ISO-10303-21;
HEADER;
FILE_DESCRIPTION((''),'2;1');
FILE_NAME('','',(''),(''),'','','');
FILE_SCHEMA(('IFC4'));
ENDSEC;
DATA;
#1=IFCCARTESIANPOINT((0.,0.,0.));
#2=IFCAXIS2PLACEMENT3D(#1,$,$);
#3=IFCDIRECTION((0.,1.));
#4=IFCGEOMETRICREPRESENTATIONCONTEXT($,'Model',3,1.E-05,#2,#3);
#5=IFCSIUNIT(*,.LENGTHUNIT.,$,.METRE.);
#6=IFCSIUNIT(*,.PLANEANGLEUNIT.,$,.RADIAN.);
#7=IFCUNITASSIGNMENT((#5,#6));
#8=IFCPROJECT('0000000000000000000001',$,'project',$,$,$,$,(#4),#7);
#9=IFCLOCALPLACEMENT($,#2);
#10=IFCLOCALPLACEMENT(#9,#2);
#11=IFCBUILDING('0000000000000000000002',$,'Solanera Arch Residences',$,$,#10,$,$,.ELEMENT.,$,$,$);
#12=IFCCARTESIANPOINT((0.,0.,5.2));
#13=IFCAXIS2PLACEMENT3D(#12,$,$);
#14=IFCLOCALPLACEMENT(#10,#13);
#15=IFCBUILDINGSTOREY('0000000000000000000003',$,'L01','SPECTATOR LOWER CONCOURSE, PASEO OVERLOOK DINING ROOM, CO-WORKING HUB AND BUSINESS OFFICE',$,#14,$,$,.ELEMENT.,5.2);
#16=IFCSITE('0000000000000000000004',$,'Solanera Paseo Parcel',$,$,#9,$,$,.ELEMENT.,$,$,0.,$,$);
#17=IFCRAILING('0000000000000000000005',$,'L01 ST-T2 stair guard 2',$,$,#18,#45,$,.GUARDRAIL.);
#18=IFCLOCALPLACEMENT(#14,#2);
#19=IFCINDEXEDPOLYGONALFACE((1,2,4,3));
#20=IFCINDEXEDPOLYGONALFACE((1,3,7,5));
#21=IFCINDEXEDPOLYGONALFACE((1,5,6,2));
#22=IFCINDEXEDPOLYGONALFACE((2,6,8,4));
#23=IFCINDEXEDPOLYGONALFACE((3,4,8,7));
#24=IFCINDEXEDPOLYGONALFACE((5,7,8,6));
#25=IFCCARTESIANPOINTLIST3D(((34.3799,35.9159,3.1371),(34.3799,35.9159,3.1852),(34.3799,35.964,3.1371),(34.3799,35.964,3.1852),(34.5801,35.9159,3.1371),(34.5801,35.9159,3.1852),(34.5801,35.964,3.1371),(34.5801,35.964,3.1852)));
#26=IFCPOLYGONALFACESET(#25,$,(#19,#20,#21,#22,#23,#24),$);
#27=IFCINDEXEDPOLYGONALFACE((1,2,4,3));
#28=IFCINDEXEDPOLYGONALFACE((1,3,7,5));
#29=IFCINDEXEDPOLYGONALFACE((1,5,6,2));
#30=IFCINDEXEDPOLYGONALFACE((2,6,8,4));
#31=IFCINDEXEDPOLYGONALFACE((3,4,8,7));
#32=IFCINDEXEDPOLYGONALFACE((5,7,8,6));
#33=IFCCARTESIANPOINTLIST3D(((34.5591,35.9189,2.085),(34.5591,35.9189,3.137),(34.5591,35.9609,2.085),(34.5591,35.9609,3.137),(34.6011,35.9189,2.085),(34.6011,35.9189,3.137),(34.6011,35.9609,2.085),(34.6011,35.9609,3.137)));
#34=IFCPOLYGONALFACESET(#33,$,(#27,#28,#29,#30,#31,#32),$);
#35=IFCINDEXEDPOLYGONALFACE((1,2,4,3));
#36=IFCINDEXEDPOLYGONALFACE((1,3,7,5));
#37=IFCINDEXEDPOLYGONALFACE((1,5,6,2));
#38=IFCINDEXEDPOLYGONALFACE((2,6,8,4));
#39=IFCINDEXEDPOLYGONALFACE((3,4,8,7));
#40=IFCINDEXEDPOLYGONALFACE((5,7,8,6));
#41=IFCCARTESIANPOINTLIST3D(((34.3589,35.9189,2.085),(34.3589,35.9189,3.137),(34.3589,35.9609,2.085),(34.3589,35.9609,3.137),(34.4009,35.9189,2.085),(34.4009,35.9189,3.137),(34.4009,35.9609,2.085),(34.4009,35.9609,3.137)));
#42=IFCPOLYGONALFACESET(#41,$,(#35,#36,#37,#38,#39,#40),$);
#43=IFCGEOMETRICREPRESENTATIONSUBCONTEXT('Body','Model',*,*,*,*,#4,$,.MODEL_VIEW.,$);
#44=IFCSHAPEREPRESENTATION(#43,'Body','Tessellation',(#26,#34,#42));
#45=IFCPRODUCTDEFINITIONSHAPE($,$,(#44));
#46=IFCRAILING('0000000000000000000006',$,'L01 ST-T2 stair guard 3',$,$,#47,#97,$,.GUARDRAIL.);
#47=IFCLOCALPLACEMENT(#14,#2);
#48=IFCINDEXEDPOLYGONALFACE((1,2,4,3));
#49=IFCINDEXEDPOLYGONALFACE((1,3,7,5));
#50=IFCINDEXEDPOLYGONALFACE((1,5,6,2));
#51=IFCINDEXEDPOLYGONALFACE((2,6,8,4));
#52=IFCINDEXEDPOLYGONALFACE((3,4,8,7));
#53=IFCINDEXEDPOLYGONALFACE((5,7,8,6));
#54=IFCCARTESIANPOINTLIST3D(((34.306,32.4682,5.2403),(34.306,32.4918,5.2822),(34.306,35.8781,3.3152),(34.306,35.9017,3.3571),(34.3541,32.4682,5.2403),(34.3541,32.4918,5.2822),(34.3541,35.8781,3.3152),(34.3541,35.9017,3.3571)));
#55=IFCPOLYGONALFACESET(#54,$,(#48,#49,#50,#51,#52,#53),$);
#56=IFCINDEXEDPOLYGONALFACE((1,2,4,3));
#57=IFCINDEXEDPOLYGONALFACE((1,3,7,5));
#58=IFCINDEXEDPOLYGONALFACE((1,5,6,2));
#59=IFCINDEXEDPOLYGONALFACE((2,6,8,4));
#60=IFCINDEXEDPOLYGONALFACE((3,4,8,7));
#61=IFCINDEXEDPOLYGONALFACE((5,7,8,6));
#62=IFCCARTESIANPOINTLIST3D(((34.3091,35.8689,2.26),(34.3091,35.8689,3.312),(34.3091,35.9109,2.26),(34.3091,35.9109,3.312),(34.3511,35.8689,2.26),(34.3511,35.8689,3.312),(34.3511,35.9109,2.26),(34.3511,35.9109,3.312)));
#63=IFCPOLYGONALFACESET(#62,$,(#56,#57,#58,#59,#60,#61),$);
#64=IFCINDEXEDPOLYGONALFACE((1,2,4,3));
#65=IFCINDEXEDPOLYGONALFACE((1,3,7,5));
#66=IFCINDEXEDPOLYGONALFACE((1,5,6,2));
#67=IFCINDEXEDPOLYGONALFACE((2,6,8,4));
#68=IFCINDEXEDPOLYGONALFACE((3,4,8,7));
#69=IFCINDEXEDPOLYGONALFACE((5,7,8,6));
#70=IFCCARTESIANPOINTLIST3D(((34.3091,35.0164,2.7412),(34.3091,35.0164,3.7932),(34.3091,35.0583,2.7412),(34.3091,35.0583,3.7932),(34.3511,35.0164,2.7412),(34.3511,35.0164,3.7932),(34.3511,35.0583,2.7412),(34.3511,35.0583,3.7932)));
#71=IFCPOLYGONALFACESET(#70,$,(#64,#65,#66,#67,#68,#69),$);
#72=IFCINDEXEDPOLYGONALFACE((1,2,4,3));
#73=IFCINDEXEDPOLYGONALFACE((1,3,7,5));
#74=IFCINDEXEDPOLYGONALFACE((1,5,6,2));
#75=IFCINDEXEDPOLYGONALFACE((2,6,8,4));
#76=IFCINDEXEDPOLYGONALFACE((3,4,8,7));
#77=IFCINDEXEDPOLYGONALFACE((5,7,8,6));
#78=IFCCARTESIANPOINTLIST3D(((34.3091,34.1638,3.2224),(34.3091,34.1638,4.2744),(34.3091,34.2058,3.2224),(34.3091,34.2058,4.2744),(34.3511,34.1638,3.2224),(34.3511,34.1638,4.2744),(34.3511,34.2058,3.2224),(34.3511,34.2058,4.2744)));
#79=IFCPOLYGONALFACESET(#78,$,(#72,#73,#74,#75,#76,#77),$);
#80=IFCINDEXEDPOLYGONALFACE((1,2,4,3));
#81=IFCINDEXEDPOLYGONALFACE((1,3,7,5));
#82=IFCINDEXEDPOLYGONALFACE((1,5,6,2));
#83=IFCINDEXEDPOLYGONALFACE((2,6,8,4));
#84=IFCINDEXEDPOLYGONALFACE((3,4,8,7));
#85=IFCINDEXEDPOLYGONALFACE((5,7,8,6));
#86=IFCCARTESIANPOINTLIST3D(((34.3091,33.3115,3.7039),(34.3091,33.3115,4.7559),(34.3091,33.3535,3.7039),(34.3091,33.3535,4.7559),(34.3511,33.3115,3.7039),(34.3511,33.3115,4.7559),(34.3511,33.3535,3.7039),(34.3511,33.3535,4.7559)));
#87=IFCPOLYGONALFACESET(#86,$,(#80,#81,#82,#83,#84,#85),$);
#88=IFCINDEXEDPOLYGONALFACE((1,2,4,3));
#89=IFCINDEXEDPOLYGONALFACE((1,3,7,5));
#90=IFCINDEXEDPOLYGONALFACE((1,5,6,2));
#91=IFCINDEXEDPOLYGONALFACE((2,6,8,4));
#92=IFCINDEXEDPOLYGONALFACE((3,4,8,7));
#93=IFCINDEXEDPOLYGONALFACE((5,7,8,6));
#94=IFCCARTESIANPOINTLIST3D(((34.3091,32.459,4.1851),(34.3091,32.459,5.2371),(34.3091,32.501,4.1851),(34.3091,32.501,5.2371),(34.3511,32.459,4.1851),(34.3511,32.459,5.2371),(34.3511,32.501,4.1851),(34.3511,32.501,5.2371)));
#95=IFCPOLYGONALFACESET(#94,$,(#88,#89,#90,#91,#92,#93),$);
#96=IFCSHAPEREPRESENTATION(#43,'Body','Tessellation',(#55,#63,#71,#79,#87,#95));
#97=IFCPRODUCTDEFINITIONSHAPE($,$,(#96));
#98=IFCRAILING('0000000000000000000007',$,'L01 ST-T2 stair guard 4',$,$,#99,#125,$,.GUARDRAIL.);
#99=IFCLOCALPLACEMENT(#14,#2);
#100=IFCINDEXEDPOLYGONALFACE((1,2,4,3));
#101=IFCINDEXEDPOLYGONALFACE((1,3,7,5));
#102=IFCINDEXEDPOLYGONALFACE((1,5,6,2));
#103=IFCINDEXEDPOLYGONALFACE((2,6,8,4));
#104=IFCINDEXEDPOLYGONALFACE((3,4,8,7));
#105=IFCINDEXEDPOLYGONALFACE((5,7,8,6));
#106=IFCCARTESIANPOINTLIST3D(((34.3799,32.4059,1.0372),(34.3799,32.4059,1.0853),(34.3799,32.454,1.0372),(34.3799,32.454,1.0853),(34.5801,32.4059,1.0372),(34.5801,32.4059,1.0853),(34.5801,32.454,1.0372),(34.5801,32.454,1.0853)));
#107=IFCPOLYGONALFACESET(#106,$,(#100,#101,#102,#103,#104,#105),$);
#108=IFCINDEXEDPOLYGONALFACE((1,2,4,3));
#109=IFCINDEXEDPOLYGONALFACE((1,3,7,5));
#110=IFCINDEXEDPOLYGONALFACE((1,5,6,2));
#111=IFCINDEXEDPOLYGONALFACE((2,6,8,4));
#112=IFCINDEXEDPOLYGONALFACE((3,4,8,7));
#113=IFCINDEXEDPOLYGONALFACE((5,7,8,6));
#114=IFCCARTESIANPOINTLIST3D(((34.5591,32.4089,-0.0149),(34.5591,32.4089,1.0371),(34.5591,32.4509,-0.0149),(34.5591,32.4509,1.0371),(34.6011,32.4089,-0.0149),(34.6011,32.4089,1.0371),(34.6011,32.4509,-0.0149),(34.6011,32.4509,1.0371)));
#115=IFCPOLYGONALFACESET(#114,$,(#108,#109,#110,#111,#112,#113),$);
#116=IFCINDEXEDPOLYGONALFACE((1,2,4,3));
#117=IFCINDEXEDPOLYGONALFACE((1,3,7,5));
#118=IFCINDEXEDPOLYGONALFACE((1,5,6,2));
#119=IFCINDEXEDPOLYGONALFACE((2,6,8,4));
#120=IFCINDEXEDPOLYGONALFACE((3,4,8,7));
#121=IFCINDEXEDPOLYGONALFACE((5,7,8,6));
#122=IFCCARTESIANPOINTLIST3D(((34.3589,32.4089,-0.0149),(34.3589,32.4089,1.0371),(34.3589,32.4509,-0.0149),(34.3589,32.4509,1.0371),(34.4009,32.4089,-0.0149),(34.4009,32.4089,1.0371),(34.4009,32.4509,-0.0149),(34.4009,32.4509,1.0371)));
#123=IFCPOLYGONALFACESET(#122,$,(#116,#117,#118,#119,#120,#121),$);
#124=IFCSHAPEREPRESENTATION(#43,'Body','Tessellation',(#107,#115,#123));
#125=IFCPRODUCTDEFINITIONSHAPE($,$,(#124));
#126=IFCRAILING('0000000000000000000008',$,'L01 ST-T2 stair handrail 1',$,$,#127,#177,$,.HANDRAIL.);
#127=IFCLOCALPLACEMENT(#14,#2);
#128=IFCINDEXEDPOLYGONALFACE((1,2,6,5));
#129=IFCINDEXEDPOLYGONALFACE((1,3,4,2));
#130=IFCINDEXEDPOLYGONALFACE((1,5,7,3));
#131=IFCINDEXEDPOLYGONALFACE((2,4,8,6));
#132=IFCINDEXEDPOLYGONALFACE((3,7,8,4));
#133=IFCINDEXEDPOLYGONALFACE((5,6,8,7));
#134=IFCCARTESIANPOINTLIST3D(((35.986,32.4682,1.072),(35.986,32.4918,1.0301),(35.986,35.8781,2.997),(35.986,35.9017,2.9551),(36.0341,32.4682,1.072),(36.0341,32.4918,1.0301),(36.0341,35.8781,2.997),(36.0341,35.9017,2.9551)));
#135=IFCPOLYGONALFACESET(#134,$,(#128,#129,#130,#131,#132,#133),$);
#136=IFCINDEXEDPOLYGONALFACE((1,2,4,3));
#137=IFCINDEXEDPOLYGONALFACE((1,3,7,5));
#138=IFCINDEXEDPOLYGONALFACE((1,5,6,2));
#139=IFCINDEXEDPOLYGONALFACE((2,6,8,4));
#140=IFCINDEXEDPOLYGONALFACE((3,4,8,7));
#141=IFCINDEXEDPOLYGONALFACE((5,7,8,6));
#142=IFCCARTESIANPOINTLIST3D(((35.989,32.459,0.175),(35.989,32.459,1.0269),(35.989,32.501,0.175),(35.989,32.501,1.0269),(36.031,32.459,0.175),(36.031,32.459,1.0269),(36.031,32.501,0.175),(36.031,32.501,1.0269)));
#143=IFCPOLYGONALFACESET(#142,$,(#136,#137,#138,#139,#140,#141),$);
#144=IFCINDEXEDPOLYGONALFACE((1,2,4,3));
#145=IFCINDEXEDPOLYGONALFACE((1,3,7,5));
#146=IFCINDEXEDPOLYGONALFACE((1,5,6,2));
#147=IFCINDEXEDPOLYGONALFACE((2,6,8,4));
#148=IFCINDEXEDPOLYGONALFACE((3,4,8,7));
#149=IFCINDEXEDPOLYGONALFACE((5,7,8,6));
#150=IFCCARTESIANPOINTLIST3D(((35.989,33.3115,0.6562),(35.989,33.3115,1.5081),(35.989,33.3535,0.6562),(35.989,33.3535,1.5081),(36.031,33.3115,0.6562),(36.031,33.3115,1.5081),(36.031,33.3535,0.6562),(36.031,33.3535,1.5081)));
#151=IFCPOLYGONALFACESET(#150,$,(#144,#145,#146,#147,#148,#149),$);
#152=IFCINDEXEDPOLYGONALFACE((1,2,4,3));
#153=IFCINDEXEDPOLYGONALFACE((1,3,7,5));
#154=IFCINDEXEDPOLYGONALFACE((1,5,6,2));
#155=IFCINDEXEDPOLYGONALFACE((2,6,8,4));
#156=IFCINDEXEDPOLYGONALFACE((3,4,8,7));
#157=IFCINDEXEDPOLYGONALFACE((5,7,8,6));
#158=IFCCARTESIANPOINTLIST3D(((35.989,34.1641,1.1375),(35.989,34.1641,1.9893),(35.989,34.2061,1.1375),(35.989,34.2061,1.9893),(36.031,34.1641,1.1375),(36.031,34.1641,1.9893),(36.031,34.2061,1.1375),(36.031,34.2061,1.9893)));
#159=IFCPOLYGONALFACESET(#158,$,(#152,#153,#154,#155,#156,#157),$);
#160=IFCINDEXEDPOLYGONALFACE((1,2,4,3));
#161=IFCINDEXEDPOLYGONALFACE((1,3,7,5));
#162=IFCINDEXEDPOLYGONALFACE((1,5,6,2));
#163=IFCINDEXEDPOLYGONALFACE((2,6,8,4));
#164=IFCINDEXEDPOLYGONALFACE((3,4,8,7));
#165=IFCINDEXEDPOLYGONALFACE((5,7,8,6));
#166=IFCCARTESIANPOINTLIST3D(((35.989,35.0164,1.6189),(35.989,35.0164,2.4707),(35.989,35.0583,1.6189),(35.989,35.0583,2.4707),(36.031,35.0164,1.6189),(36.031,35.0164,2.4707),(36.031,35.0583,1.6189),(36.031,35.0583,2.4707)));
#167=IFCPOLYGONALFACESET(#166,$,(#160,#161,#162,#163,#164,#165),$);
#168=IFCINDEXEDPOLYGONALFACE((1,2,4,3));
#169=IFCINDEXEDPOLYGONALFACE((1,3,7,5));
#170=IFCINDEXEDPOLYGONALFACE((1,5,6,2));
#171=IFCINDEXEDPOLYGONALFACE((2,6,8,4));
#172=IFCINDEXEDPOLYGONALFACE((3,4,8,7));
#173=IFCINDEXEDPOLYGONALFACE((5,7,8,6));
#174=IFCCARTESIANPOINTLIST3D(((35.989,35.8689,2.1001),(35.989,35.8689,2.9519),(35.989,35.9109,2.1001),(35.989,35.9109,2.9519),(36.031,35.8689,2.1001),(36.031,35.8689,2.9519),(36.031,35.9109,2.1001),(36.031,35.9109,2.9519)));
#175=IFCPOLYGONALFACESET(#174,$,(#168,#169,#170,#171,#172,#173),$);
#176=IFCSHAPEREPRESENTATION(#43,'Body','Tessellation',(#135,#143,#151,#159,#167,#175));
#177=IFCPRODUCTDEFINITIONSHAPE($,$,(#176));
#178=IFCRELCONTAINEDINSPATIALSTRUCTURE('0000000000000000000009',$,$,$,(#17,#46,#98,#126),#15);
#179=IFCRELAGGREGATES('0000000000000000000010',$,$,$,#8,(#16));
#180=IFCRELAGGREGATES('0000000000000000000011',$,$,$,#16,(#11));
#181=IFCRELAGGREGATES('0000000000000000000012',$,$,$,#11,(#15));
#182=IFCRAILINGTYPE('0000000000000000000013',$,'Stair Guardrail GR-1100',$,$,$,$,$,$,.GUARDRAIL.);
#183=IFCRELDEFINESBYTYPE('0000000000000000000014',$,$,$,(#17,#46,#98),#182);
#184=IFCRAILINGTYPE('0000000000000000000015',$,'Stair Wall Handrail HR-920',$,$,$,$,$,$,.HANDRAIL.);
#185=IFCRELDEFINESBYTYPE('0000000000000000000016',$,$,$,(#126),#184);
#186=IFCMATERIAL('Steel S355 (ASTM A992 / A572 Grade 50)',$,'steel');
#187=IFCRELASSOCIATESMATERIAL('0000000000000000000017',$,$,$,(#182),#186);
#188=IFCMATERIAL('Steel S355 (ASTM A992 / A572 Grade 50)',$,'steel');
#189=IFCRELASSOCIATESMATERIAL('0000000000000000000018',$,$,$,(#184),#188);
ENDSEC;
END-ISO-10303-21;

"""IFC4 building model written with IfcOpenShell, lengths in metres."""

from ifc_helpers import new_model, si_unit, direction, frame, origin, origin_2d, place, context, subcontext, project, spatial, rectangle, extrude, material, type_object, element, save


model = new_model("IFC4")

# Units and contexts
model_context = context("Model", 3, precision=1e-05, world=origin(), true_north=direction((0.0, 1.0)))
body_context = subcontext(model_context, "Body", "Model", "MODEL_VIEW")
ifc_project = project(units=[si_unit("LENGTHUNIT", "METRE"), si_unit("PLANEANGLEUNIT", "RADIAN")], contexts=[model_context])

# Site, building, storey
site_placement = place(None, origin())
site = spatial("IfcSite", under=ifc_project, at=site_placement, Name="Solanera Paseo Parcel", CompositionType="ELEMENT", RefElevation=0.0)
building_placement = place(site_placement, origin())
building = spatial("IfcBuilding", under=site, at=building_placement, Name="Solanera Arch Residences", CompositionType="ELEMENT")
storey_placement = place(building_placement, frame((0.0, 0.0, 5.2)))
storey = spatial("IfcBuildingStorey", under=building, at=storey_placement, Name="L01", Description="SPECTATOR LOWER CONCOURSE, PASEO OVERLOOK DINING ROOM, CO-WORKING HUB AND BUSINESS OFFICE", CompositionType="ELEMENT", Elevation=5.2)

# Railings
ifc_material_1 = material(Name="Steel S355 (ASTM A992 / A572 Grade 50)", Category="steel")
railing_type_1 = type_object("IfcRailingType", Name="Stair Guardrail GR-1100", PredefinedType="GUARDRAIL", material=ifc_material_1)
railing_1_placement = place(storey_placement, frame((34.5801, 35.9399, 2.085)))
element("IfcRailing", 1, at=railing_1_placement, inside=storey, type_object=railing_type_1, Name="L01 ST-T2 stair guard 2", PredefinedType="GUARDRAIL", context=body_context, shape_type="SweptSolid", body=[
    extrude(rectangle(XDim=0.0481, YDim=0.0481, at=origin_2d()), frame((0.0, 0.0, 1.0762), z_axis=(-1.0, 0.0, 0.0), x_axis=(0.0, -1.0, 0.0)), (0.0, 0.0, 1.0), 0.2002),
    extrude(rectangle(XDim=0.042, YDim=0.042, at=origin_2d()), origin(), (0.0, 0.0, 1.0), 1.052),
    extrude(rectangle(XDim=0.042, YDim=0.042, at=origin_2d()), frame((-0.2002, 0.0, 0.0)), (0.0, 0.0, 1.0), 1.052),
])
railing_2_placement = place(storey_placement, frame((34.3301, 35.8899, 2.26)))
element("IfcRailing", 2, at=railing_2_placement, inside=storey, type_object=railing_type_1, Name="L01 ST-T2 stair guard 3", PredefinedType="GUARDRAIL", context=body_context, shape_type="SweptSolid", body=[
    extrude(rectangle(XDim=0.0481, YDim=0.0481, at=origin_2d()), frame((0.0, 0.0, 1.0762), z_axis=(0.0, -0.870814, 0.491613), x_axis=(1.0, 0.0, 0.0)), (0.0, 0.0, 1.0), 3.9158),
    extrude(rectangle(XDim=0.042, YDim=0.042, at=origin_2d()), origin(), (0.0, 0.0, 1.0), 1.052),
    extrude(rectangle(XDim=0.042, YDim=0.042, at=origin_2d()), frame((0.0, -0.8525, 0.4812)), (0.0, 0.0, 1.0), 1.052),
    extrude(rectangle(XDim=0.042, YDim=0.042, at=origin_2d()), frame((0.0, -1.7051, 0.9624)), (0.0, 0.0, 1.0), 1.052),
    extrude(rectangle(XDim=0.042, YDim=0.042, at=origin_2d()), frame((0.0, -2.5574, 1.4438)), (0.0, 0.0, 1.0), 1.052),
    extrude(rectangle(XDim=0.042, YDim=0.042, at=origin_2d()), frame((0.0, -3.4099, 1.925)), (0.0, 0.0, 1.0), 1.052),
])
railing_3_placement = place(storey_placement, frame((34.5801, 32.4299, -0.0149)))
element("IfcRailing", 3, at=railing_3_placement, inside=storey, type_object=railing_type_1, Name="L01 ST-T2 stair guard 4", PredefinedType="GUARDRAIL", context=body_context, shape_type="SweptSolid", body=[
    extrude(rectangle(XDim=0.0481, YDim=0.0481, at=origin_2d()), frame((0.0, 0.0, 1.0762), z_axis=(-1.0, 0.0, 0.0), x_axis=(0.0, -1.0, 0.0)), (0.0, 0.0, 1.0), 0.2002),
    extrude(rectangle(XDim=0.042, YDim=0.042, at=origin_2d()), origin(), (0.0, 0.0, 1.0), 1.052),
    extrude(rectangle(XDim=0.042, YDim=0.042, at=origin_2d()), frame((-0.2002, 0.0, 0.0)), (0.0, 0.0, 1.0), 1.052),
])
ifc_material_2 = material(Name="Steel S355 (ASTM A992 / A572 Grade 50)", Category="steel")
railing_type_2 = type_object("IfcRailingType", Name="Stair Wall Handrail HR-920", PredefinedType="HANDRAIL", material=ifc_material_2)
railing_4_placement = place(storey_placement, frame((36.01, 32.48, 0.175)))
element("IfcRailing", 4, at=railing_4_placement, inside=storey, type_object=railing_type_2, Name="L01 ST-T2 stair handrail 1", PredefinedType="HANDRAIL", context=body_context, shape_type="SweptSolid", body=[
    extrude(rectangle(XDim=0.0481, YDim=0.0481, at=origin_2d()), frame((0.0, 0.0, 0.876), z_axis=(0.0, 0.870814, 0.491613), x_axis=(-1.0, 0.0, 0.0)), (0.0, 0.0, 1.0), 3.9158),
    extrude(rectangle(XDim=0.042, YDim=0.042, at=origin_2d()), origin(), (0.0, 0.0, 1.0), 0.8518),
    extrude(rectangle(XDim=0.042, YDim=0.042, at=origin_2d()), frame((0.0, 0.8525, 0.4812)), (0.0, 0.0, 1.0), 0.8518),
    extrude(rectangle(XDim=0.042, YDim=0.042, at=origin_2d()), frame((0.0, 1.7051, 0.9624)), (0.0, 0.0, 1.0), 0.8518),
    extrude(rectangle(XDim=0.042, YDim=0.042, at=origin_2d()), frame((0.0, 2.5574, 1.4438)), (0.0, 0.0, 1.0), 0.8518),
    extrude(rectangle(XDim=0.042, YDim=0.042, at=origin_2d()), frame((0.0, 3.4099, 1.925)), (0.0, 0.0, 1.0), 0.8518),
])

save(model, "model.ifc")
